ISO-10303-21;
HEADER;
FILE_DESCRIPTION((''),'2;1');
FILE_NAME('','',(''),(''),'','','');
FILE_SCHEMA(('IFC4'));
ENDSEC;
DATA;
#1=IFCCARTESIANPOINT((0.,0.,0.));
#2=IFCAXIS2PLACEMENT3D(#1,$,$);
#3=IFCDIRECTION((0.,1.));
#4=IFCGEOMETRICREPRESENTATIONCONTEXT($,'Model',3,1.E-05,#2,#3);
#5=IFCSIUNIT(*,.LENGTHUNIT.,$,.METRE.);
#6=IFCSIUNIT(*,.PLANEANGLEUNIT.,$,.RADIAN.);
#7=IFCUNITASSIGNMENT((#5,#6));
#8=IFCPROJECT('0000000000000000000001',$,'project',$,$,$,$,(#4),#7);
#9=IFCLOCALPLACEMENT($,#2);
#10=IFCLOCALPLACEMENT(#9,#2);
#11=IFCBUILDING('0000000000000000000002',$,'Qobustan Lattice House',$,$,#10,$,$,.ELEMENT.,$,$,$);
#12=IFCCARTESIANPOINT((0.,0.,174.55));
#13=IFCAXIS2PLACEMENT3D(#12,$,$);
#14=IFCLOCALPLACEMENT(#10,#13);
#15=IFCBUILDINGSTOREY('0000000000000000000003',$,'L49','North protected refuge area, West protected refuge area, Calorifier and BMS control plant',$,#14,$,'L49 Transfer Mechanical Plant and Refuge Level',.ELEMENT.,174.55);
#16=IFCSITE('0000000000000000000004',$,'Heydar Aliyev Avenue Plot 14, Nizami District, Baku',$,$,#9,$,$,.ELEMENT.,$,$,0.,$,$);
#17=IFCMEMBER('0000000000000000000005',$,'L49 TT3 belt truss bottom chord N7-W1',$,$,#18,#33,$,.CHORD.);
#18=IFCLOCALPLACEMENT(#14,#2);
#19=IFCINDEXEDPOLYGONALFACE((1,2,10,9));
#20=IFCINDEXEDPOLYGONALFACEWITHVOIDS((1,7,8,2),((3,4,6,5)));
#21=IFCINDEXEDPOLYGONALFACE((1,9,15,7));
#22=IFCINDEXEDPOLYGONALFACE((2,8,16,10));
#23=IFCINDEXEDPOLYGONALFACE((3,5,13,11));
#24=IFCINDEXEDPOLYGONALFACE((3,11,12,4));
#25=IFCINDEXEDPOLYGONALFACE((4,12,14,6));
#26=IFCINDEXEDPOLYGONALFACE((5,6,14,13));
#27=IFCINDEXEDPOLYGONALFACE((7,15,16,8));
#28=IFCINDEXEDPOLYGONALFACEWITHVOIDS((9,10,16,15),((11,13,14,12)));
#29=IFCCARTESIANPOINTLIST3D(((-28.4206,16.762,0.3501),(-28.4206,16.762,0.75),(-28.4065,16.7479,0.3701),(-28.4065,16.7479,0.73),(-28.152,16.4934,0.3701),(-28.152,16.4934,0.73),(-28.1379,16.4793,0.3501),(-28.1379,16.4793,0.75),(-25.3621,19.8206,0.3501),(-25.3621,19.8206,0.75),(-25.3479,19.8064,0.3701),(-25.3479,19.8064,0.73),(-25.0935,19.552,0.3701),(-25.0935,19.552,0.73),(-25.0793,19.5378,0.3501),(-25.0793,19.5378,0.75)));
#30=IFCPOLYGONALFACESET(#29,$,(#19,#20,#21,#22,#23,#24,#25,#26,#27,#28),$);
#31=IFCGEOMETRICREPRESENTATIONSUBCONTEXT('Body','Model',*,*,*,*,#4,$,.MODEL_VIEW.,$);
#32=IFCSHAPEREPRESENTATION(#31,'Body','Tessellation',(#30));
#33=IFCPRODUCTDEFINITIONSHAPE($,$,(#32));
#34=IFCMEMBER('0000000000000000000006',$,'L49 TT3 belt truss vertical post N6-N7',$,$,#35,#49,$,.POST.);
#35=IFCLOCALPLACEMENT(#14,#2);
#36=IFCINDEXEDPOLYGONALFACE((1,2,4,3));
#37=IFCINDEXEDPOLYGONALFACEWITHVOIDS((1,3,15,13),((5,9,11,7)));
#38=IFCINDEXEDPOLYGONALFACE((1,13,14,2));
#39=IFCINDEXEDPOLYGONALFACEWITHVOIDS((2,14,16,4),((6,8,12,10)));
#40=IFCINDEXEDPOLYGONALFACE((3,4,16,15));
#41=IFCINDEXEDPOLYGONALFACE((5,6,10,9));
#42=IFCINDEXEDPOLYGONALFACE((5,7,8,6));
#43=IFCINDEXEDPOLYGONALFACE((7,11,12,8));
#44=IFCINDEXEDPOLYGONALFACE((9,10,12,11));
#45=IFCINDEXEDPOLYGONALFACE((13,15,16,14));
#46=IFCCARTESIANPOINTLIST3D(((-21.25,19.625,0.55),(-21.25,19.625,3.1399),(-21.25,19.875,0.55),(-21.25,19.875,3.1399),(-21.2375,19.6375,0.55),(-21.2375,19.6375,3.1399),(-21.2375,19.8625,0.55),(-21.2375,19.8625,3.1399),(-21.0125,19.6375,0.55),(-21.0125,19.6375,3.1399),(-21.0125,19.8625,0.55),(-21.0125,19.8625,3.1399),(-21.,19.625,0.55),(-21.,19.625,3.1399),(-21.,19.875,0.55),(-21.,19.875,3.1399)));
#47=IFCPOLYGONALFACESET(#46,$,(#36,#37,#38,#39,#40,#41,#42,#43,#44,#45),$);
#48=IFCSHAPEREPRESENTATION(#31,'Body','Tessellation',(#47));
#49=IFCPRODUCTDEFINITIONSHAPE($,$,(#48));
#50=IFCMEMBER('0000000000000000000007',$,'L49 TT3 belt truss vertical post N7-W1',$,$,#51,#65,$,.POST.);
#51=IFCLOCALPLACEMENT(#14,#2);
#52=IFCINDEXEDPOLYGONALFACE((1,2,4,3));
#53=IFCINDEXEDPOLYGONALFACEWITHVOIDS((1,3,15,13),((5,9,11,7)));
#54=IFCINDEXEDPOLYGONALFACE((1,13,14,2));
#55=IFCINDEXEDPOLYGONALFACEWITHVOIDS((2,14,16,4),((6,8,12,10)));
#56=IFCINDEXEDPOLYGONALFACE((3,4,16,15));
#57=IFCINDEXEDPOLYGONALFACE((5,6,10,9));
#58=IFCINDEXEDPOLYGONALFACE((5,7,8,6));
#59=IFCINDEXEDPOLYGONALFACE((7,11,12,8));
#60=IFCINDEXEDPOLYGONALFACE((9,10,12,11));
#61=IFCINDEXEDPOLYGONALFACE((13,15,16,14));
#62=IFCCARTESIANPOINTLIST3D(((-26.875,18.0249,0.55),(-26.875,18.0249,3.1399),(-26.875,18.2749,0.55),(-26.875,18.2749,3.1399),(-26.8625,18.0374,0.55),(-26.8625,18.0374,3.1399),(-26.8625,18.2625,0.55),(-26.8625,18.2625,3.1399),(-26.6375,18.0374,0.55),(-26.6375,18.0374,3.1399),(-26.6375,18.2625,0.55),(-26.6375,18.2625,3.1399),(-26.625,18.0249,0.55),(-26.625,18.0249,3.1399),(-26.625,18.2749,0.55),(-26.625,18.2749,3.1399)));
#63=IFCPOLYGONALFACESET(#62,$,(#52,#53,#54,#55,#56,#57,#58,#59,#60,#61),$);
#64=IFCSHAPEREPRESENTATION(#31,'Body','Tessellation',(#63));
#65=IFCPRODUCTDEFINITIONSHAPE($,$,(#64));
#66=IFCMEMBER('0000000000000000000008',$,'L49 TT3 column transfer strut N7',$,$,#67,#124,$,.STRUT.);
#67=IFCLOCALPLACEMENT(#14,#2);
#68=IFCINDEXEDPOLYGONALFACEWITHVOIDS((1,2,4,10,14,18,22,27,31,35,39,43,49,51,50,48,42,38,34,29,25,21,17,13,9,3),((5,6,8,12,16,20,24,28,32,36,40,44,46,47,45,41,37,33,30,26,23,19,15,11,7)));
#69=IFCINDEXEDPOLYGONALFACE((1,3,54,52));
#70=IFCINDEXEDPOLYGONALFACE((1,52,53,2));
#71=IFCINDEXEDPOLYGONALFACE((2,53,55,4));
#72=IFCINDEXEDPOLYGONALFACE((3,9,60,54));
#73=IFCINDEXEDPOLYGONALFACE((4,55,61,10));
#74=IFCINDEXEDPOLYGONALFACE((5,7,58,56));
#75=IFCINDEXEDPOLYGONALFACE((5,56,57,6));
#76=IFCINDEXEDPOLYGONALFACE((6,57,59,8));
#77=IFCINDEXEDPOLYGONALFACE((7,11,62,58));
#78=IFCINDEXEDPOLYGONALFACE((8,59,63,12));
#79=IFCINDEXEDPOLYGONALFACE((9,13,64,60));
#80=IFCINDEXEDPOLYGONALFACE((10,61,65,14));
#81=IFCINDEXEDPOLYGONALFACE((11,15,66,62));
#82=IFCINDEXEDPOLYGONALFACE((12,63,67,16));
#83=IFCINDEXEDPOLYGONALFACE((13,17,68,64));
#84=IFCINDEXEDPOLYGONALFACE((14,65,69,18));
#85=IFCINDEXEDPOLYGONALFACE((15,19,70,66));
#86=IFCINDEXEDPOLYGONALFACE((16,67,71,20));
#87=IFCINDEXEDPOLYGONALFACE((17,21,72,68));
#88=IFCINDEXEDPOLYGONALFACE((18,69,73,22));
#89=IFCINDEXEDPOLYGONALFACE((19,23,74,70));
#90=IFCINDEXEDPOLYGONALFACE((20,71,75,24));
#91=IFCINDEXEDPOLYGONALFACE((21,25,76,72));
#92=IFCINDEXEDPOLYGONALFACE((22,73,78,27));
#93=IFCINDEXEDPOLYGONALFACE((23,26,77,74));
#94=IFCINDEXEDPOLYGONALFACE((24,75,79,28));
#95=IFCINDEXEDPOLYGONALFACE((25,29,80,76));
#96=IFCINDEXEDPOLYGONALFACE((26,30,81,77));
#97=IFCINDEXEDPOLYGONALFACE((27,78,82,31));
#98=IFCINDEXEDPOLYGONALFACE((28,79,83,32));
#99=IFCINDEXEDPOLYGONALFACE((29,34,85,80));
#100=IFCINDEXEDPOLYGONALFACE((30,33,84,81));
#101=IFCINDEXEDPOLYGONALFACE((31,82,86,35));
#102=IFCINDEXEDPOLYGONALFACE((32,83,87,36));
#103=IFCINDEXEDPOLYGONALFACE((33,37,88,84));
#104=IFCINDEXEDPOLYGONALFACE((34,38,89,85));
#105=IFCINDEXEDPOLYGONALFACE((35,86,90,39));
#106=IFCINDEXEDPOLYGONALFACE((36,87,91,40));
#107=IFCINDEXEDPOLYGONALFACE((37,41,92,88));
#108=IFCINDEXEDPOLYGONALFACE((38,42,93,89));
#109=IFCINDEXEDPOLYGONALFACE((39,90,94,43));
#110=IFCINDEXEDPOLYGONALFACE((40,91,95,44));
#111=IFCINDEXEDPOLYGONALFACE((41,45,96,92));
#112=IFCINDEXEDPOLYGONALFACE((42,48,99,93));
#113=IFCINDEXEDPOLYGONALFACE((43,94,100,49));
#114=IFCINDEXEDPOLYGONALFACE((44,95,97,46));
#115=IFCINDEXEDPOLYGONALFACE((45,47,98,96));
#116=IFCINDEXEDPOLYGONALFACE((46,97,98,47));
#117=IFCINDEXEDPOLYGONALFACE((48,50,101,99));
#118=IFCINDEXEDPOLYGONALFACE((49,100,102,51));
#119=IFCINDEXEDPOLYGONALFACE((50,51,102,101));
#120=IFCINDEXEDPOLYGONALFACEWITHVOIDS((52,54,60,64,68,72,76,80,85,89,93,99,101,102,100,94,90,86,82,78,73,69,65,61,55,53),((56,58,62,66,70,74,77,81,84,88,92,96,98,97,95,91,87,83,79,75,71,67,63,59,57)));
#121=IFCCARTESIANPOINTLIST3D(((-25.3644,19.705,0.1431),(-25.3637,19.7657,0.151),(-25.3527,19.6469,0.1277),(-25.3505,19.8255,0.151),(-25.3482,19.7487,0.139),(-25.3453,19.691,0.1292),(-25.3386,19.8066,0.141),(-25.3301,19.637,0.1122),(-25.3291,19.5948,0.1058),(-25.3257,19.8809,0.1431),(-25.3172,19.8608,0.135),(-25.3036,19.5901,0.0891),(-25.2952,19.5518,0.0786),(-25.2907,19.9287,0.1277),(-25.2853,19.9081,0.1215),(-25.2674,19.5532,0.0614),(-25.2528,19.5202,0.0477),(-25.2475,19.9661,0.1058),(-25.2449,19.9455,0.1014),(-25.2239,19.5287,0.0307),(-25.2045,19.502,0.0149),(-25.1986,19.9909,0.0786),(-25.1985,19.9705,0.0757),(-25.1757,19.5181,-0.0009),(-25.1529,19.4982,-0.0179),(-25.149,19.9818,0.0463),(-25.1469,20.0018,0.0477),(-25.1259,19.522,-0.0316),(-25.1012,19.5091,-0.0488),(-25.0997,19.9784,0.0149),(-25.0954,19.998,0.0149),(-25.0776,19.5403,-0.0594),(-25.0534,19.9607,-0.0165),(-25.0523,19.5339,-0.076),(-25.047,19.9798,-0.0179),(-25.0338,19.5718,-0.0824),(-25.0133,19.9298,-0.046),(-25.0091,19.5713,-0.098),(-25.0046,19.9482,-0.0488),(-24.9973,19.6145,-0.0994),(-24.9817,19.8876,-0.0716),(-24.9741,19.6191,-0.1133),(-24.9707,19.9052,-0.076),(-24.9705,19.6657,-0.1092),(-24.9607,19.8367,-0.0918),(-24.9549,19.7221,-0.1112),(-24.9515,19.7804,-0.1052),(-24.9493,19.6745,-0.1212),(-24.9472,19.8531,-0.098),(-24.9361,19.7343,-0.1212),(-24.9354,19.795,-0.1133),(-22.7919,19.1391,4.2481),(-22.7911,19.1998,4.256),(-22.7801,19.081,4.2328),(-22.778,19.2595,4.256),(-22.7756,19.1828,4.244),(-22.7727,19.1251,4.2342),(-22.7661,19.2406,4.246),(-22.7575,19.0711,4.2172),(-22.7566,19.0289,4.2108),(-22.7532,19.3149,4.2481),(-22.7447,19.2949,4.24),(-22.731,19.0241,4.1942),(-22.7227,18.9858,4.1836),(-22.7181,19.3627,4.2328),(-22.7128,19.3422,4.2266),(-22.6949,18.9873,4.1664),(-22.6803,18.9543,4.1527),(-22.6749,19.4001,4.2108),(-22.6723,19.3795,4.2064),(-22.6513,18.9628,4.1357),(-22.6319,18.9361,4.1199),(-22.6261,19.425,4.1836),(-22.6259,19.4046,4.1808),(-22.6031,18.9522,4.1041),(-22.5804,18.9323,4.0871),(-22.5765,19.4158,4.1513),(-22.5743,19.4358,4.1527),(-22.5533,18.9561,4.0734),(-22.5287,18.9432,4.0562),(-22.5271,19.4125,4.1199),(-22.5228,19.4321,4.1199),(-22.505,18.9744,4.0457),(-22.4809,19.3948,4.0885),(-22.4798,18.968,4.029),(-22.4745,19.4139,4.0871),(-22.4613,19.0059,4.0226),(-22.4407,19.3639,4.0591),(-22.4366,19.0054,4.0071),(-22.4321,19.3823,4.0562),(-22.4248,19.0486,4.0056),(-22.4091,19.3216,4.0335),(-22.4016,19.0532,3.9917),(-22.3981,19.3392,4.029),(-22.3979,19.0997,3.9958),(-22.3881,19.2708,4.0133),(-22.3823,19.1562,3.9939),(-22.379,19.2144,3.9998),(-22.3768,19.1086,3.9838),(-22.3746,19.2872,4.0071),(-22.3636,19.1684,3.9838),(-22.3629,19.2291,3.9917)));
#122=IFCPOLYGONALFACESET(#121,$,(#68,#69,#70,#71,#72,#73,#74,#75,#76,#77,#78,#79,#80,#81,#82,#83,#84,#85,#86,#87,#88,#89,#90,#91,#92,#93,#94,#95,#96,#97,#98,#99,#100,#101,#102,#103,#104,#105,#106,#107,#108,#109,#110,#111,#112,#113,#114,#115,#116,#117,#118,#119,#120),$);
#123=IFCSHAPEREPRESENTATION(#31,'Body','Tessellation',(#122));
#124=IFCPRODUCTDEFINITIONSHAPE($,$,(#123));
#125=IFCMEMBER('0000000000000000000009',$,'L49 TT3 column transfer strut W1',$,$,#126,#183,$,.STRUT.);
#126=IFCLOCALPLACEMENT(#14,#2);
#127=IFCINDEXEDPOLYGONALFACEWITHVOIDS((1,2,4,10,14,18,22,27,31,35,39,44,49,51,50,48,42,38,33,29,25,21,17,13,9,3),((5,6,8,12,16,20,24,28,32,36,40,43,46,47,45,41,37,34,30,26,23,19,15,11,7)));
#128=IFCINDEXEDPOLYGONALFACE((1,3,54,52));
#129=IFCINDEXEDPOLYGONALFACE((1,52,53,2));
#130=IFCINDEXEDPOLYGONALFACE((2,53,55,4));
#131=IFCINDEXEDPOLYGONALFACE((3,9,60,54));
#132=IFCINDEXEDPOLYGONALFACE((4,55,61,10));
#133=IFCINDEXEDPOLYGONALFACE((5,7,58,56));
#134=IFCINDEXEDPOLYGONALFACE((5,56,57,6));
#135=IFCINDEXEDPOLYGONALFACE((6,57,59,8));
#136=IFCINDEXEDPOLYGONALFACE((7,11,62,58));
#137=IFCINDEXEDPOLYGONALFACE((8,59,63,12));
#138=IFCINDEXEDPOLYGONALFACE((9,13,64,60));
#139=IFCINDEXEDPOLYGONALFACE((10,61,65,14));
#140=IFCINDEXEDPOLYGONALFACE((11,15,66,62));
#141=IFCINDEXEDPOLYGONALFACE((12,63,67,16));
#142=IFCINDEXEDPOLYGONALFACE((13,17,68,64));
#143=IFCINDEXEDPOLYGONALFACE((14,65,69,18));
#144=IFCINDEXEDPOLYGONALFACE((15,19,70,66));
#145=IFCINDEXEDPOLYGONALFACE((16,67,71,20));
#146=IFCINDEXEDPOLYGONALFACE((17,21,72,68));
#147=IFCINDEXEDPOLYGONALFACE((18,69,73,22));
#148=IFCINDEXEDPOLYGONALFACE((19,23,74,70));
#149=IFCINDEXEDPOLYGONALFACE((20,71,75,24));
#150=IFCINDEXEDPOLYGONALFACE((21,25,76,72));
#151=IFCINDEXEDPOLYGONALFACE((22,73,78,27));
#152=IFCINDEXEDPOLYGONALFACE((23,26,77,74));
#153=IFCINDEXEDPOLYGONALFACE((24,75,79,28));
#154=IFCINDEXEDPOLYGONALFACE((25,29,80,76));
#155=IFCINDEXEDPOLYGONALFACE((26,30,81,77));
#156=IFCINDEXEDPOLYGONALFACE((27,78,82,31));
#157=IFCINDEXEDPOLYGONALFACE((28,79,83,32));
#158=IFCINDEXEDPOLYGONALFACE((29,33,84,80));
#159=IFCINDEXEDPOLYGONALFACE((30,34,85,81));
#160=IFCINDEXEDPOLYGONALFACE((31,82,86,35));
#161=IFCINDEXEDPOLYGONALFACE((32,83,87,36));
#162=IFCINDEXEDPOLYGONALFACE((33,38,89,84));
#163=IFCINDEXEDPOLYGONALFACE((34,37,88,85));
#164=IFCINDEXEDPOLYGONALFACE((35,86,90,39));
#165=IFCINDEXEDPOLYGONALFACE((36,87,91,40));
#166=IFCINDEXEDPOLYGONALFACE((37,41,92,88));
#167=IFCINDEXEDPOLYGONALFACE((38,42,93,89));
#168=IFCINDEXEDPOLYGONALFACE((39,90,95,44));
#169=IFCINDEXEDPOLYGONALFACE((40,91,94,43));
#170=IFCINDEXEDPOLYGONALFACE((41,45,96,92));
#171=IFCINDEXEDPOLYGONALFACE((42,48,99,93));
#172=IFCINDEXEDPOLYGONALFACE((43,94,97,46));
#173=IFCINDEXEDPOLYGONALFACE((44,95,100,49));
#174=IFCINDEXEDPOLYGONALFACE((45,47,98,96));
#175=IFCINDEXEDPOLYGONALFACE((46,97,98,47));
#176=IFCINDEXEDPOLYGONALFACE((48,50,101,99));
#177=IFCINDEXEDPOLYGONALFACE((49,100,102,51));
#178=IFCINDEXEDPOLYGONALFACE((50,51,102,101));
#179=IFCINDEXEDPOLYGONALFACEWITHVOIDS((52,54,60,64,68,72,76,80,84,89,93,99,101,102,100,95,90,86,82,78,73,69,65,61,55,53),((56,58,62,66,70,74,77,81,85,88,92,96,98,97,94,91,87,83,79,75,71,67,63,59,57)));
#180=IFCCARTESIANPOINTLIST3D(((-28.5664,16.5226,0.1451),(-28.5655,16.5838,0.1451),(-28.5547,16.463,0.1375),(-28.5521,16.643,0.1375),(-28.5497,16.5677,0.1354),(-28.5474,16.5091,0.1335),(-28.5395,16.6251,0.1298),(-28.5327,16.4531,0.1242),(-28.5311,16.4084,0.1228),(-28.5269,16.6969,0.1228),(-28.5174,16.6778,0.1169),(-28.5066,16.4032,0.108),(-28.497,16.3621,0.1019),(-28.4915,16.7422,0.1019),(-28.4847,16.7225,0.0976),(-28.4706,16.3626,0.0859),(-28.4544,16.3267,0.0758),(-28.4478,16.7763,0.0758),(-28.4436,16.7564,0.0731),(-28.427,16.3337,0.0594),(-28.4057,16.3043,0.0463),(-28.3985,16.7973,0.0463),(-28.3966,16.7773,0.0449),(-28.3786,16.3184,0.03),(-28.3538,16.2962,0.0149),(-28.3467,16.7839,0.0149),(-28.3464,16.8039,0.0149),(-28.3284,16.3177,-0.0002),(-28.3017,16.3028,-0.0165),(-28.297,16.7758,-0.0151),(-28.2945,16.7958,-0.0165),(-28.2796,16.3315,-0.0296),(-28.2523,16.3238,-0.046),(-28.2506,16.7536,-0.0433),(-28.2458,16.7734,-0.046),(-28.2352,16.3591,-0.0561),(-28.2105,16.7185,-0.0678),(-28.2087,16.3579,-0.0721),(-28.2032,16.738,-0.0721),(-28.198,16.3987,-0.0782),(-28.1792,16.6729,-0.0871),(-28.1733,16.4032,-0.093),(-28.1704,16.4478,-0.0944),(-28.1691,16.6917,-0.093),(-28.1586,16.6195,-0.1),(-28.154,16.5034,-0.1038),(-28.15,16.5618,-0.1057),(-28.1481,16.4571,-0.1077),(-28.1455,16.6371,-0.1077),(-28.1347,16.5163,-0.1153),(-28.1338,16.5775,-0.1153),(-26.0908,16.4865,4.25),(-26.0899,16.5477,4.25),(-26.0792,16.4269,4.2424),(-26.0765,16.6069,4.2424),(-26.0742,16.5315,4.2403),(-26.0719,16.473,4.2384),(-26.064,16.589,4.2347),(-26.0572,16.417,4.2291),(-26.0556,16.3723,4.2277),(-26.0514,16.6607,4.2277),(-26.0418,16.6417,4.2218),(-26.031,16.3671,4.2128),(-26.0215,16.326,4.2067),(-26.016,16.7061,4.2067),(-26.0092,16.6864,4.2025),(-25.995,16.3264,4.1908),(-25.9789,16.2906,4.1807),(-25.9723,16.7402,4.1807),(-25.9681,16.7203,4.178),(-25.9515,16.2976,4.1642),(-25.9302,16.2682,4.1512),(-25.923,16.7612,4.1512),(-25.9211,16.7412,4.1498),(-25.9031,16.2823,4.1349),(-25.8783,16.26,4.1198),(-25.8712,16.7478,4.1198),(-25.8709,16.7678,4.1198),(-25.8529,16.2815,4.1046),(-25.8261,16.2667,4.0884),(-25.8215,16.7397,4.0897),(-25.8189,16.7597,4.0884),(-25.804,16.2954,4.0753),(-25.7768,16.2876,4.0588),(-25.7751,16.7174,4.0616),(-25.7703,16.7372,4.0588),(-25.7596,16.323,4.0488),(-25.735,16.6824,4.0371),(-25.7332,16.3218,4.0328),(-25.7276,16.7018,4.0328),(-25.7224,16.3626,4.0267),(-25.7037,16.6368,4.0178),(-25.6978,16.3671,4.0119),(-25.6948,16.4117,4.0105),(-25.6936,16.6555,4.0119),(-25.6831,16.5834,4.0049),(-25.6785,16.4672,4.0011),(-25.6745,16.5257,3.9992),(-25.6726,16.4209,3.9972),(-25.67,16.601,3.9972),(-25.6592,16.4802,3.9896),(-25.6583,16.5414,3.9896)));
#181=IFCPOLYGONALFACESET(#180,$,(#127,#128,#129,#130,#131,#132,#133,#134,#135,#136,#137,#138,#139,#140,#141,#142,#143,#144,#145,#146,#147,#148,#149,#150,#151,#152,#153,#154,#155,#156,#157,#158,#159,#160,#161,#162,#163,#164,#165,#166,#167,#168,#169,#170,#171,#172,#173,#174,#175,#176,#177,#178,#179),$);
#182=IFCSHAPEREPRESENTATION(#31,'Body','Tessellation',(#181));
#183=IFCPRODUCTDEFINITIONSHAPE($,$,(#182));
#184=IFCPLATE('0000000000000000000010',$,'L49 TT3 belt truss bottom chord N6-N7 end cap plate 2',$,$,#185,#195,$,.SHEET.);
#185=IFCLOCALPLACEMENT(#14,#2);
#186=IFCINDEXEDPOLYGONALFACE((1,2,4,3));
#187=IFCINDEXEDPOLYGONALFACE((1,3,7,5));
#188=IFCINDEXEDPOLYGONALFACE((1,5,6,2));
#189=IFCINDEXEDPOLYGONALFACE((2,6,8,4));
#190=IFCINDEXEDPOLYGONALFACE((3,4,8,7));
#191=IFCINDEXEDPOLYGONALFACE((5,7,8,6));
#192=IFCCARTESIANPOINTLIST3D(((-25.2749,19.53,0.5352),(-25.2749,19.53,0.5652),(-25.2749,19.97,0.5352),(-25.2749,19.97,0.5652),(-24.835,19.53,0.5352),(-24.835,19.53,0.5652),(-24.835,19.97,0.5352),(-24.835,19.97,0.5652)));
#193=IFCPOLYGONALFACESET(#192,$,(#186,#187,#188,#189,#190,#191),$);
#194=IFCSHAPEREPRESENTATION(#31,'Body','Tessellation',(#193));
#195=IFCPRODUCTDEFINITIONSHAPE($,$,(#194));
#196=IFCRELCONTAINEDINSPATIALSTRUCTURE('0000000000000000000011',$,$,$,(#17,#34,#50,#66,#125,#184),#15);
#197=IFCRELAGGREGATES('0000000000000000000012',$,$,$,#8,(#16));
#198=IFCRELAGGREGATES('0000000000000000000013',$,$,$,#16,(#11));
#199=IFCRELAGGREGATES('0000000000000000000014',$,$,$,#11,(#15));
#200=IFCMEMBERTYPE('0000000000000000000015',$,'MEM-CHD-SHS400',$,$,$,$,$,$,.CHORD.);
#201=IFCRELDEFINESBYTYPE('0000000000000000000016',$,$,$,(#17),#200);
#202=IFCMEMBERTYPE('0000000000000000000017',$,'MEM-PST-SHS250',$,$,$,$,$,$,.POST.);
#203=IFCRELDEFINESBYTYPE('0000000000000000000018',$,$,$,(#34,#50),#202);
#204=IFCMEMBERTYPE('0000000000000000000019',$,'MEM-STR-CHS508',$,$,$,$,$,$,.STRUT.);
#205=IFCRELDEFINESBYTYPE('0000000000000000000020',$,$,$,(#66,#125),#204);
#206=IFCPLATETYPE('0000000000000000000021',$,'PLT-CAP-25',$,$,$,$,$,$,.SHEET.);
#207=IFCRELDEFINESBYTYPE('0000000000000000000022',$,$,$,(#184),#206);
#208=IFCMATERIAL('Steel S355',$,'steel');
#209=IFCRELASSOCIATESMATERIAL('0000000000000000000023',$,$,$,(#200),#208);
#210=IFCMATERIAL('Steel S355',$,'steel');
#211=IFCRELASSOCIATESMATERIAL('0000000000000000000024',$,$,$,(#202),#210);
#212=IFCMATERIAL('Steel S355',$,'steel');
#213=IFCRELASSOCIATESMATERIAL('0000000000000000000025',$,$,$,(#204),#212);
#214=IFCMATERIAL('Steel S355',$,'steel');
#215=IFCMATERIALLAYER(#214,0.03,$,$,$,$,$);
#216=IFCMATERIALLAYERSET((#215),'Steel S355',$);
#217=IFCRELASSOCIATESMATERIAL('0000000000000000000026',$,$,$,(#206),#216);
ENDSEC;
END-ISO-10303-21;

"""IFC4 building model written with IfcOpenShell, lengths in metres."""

from ifc_helpers import new_model, si_unit, direction, frame, origin, origin_2d, place, context, subcontext, project, spatial, rectangle, hollow_rectangle, hollow_circle, extrude, material, layer, layer_set, material_profile, profile_set, type_object, element, save


model = new_model("IFC4")

# Units and contexts
model_context = context("Model", 3, precision=1e-05, world=origin(), true_north=direction((0.0, 1.0)))
body_context = subcontext(model_context, "Body", "Model", "MODEL_VIEW")
ifc_project = project(units=[si_unit("LENGTHUNIT", "METRE"), si_unit("PLANEANGLEUNIT", "RADIAN")], contexts=[model_context])

# Site, building, storey
site_placement = place(None, origin())
site = spatial("IfcSite", under=ifc_project, at=site_placement, Name="Heydar Aliyev Avenue Plot 14, Nizami District, Baku", CompositionType="ELEMENT", RefElevation=0.0)
building_placement = place(site_placement, origin())
building = spatial("IfcBuilding", under=site, at=building_placement, Name="Qobustan Lattice House", CompositionType="ELEMENT")
storey_placement = place(building_placement, frame((0.0, 0.0, 174.55)))
storey = spatial("IfcBuildingStorey", under=building, at=storey_placement, Name="L49", Description="North protected refuge area, West protected refuge area, Calorifier and BMS control plant", LongName="L49 Transfer Mechanical Plant and Refuge Level", CompositionType="ELEMENT", Elevation=174.55)

# Members
ifc_material_1 = material(Name="Steel S355", Category="steel")
ifc_material_profile_1 = material_profile(ifc_material_1, hollow_rectangle(XDim=0.3999, YDim=0.3999, WallThickness=0.02, at=origin_2d()), Name="SHS400x400x20")
ifc_profile_set_1 = profile_set([ifc_material_profile_1], Name="Steel S355")
member_type_1 = type_object("IfcMemberType", Name="MEM-CHD-SHS400", PredefinedType="CHORD", material=ifc_profile_set_1)
member_1_placement = place(storey_placement, frame((-25.2207, 19.6792, 0.55), z_axis=(-0.707107, -0.707107, 0.0), x_axis=(0.707107, -0.707107, 0.0)))
element("IfcMember", 1, at=member_1_placement, inside=storey, type_object=member_type_1, Name="L49 TT3 belt truss bottom chord N7-W1", PredefinedType="CHORD", context=body_context, shape_type="SweptSolid", body=[
    extrude(hollow_rectangle(XDim=0.3999, YDim=0.3999, WallThickness=0.02, at=origin_2d()), origin(), (0.0, 0.0, 1.0), 4.3254),
])
ifc_material_2 = material(Name="Steel S355", Category="steel")
ifc_material_profile_2 = material_profile(ifc_material_2, hollow_rectangle(XDim=0.25, YDim=0.25, WallThickness=0.0125, at=origin_2d()), Name="SHS250x250x12.5")
ifc_profile_set_2 = profile_set([ifc_material_profile_2], Name="Steel S355")
member_type_2 = type_object("IfcMemberType", Name="MEM-PST-SHS250", PredefinedType="POST", material=ifc_profile_set_2)
for number, where, z_axis, x_axis, name in (
    (2, (-21.125, 19.75, 0.55), (0.0, 0.0, 1.0), (1.0, 0.0, 0.0), "L49 TT3 belt truss vertical post N6-N7"),
    (3, (-26.75, 18.1499, 0.55), (0.0, 0.0, 1.0), (1.0, 0.0, 0.0), "L49 TT3 belt truss vertical post N7-W1"),
):
    element("IfcMember", number, at=place(storey_placement, frame(where, z_axis=z_axis, x_axis=x_axis)), inside=storey, type_object=member_type_2, Name=name, PredefinedType="POST", context=body_context, shape_type="SweptSolid", body=[
        extrude(hollow_rectangle(XDim=0.25, YDim=0.25, WallThickness=0.0125, at=origin_2d()), origin(), (0.0, 0.0, 1.0), 2.5898),
    ])
ifc_material_3 = material(Name="Steel S355", Category="steel")
ifc_material_profile_3 = material_profile(ifc_material_3, hollow_circle(Radius=0.2539, WallThickness=0.02, at=origin_2d()), Name="CHS508x20")
ifc_profile_set_3 = profile_set([ifc_material_profile_3], Name="Steel S355")
member_type_3 = type_object("IfcMemberType", Name="MEM-STR-CHS508", PredefinedType="STRUT", material=ifc_profile_set_3)
member_2_placement = place(storey_placement, frame((-25.1499, 19.75, 0.0149), z_axis=(0.527436, -0.116029, 0.841635), x_axis=(0.214849, 0.976647, 0.0)))
element("IfcMember", 4, at=member_2_placement, inside=storey, type_object=member_type_3, Name="L49 TT3 column transfer strut N7", PredefinedType="STRUT", context=body_context, shape_type="SweptSolid", body=[
    extrude(hollow_circle(Radius=0.2539, WallThickness=0.02, at=origin_2d()), origin(), (0.0, 0.0, 1.0), 4.8774),
])
member_3_placement = place(storey_placement, frame((-28.3501, 16.55, 0.0149), z_axis=(0.516412, -0.007537, 0.856307), x_axis=(0.014594, 0.999894, 0.0)))
element("IfcMember", 5, at=member_3_placement, inside=storey, type_object=member_type_3, Name="L49 TT3 column transfer strut W1", PredefinedType="STRUT", context=body_context, shape_type="SweptSolid", body=[
    extrude(hollow_circle(Radius=0.2539, WallThickness=0.02, at=origin_2d()), origin(), (0.0, 0.0, 1.0), 4.7937),
])

# Plate
ifc_material_4 = material(Name="Steel S355", Category="steel")
ifc_layer_1 = layer(ifc_material_4, 0.03)
ifc_layer_set_1 = layer_set([ifc_layer_1], Name="Steel S355")
plate_type = type_object("IfcPlateType", Name="PLT-CAP-25", PredefinedType="SHEET", material=ifc_layer_set_1)
plate_1_placement = place(storey_placement, frame((-25.0549, 19.75, 0.5352), z_axis=(0.0, 0.0, 1.0), x_axis=(-1.0, 0.0, 0.0)))
element("IfcPlate", 6, at=plate_1_placement, inside=storey, type_object=plate_type, Name="L49 TT3 belt truss bottom chord N6-N7 end cap plate 2", PredefinedType="SHEET", context=body_context, shape_type="SweptSolid", body=[
    extrude(rectangle(XDim=0.4399, YDim=0.4399, at=origin_2d()), origin(), (0.0, 0.0, 1.0), 0.03),
])

save(model, "model.ifc")
